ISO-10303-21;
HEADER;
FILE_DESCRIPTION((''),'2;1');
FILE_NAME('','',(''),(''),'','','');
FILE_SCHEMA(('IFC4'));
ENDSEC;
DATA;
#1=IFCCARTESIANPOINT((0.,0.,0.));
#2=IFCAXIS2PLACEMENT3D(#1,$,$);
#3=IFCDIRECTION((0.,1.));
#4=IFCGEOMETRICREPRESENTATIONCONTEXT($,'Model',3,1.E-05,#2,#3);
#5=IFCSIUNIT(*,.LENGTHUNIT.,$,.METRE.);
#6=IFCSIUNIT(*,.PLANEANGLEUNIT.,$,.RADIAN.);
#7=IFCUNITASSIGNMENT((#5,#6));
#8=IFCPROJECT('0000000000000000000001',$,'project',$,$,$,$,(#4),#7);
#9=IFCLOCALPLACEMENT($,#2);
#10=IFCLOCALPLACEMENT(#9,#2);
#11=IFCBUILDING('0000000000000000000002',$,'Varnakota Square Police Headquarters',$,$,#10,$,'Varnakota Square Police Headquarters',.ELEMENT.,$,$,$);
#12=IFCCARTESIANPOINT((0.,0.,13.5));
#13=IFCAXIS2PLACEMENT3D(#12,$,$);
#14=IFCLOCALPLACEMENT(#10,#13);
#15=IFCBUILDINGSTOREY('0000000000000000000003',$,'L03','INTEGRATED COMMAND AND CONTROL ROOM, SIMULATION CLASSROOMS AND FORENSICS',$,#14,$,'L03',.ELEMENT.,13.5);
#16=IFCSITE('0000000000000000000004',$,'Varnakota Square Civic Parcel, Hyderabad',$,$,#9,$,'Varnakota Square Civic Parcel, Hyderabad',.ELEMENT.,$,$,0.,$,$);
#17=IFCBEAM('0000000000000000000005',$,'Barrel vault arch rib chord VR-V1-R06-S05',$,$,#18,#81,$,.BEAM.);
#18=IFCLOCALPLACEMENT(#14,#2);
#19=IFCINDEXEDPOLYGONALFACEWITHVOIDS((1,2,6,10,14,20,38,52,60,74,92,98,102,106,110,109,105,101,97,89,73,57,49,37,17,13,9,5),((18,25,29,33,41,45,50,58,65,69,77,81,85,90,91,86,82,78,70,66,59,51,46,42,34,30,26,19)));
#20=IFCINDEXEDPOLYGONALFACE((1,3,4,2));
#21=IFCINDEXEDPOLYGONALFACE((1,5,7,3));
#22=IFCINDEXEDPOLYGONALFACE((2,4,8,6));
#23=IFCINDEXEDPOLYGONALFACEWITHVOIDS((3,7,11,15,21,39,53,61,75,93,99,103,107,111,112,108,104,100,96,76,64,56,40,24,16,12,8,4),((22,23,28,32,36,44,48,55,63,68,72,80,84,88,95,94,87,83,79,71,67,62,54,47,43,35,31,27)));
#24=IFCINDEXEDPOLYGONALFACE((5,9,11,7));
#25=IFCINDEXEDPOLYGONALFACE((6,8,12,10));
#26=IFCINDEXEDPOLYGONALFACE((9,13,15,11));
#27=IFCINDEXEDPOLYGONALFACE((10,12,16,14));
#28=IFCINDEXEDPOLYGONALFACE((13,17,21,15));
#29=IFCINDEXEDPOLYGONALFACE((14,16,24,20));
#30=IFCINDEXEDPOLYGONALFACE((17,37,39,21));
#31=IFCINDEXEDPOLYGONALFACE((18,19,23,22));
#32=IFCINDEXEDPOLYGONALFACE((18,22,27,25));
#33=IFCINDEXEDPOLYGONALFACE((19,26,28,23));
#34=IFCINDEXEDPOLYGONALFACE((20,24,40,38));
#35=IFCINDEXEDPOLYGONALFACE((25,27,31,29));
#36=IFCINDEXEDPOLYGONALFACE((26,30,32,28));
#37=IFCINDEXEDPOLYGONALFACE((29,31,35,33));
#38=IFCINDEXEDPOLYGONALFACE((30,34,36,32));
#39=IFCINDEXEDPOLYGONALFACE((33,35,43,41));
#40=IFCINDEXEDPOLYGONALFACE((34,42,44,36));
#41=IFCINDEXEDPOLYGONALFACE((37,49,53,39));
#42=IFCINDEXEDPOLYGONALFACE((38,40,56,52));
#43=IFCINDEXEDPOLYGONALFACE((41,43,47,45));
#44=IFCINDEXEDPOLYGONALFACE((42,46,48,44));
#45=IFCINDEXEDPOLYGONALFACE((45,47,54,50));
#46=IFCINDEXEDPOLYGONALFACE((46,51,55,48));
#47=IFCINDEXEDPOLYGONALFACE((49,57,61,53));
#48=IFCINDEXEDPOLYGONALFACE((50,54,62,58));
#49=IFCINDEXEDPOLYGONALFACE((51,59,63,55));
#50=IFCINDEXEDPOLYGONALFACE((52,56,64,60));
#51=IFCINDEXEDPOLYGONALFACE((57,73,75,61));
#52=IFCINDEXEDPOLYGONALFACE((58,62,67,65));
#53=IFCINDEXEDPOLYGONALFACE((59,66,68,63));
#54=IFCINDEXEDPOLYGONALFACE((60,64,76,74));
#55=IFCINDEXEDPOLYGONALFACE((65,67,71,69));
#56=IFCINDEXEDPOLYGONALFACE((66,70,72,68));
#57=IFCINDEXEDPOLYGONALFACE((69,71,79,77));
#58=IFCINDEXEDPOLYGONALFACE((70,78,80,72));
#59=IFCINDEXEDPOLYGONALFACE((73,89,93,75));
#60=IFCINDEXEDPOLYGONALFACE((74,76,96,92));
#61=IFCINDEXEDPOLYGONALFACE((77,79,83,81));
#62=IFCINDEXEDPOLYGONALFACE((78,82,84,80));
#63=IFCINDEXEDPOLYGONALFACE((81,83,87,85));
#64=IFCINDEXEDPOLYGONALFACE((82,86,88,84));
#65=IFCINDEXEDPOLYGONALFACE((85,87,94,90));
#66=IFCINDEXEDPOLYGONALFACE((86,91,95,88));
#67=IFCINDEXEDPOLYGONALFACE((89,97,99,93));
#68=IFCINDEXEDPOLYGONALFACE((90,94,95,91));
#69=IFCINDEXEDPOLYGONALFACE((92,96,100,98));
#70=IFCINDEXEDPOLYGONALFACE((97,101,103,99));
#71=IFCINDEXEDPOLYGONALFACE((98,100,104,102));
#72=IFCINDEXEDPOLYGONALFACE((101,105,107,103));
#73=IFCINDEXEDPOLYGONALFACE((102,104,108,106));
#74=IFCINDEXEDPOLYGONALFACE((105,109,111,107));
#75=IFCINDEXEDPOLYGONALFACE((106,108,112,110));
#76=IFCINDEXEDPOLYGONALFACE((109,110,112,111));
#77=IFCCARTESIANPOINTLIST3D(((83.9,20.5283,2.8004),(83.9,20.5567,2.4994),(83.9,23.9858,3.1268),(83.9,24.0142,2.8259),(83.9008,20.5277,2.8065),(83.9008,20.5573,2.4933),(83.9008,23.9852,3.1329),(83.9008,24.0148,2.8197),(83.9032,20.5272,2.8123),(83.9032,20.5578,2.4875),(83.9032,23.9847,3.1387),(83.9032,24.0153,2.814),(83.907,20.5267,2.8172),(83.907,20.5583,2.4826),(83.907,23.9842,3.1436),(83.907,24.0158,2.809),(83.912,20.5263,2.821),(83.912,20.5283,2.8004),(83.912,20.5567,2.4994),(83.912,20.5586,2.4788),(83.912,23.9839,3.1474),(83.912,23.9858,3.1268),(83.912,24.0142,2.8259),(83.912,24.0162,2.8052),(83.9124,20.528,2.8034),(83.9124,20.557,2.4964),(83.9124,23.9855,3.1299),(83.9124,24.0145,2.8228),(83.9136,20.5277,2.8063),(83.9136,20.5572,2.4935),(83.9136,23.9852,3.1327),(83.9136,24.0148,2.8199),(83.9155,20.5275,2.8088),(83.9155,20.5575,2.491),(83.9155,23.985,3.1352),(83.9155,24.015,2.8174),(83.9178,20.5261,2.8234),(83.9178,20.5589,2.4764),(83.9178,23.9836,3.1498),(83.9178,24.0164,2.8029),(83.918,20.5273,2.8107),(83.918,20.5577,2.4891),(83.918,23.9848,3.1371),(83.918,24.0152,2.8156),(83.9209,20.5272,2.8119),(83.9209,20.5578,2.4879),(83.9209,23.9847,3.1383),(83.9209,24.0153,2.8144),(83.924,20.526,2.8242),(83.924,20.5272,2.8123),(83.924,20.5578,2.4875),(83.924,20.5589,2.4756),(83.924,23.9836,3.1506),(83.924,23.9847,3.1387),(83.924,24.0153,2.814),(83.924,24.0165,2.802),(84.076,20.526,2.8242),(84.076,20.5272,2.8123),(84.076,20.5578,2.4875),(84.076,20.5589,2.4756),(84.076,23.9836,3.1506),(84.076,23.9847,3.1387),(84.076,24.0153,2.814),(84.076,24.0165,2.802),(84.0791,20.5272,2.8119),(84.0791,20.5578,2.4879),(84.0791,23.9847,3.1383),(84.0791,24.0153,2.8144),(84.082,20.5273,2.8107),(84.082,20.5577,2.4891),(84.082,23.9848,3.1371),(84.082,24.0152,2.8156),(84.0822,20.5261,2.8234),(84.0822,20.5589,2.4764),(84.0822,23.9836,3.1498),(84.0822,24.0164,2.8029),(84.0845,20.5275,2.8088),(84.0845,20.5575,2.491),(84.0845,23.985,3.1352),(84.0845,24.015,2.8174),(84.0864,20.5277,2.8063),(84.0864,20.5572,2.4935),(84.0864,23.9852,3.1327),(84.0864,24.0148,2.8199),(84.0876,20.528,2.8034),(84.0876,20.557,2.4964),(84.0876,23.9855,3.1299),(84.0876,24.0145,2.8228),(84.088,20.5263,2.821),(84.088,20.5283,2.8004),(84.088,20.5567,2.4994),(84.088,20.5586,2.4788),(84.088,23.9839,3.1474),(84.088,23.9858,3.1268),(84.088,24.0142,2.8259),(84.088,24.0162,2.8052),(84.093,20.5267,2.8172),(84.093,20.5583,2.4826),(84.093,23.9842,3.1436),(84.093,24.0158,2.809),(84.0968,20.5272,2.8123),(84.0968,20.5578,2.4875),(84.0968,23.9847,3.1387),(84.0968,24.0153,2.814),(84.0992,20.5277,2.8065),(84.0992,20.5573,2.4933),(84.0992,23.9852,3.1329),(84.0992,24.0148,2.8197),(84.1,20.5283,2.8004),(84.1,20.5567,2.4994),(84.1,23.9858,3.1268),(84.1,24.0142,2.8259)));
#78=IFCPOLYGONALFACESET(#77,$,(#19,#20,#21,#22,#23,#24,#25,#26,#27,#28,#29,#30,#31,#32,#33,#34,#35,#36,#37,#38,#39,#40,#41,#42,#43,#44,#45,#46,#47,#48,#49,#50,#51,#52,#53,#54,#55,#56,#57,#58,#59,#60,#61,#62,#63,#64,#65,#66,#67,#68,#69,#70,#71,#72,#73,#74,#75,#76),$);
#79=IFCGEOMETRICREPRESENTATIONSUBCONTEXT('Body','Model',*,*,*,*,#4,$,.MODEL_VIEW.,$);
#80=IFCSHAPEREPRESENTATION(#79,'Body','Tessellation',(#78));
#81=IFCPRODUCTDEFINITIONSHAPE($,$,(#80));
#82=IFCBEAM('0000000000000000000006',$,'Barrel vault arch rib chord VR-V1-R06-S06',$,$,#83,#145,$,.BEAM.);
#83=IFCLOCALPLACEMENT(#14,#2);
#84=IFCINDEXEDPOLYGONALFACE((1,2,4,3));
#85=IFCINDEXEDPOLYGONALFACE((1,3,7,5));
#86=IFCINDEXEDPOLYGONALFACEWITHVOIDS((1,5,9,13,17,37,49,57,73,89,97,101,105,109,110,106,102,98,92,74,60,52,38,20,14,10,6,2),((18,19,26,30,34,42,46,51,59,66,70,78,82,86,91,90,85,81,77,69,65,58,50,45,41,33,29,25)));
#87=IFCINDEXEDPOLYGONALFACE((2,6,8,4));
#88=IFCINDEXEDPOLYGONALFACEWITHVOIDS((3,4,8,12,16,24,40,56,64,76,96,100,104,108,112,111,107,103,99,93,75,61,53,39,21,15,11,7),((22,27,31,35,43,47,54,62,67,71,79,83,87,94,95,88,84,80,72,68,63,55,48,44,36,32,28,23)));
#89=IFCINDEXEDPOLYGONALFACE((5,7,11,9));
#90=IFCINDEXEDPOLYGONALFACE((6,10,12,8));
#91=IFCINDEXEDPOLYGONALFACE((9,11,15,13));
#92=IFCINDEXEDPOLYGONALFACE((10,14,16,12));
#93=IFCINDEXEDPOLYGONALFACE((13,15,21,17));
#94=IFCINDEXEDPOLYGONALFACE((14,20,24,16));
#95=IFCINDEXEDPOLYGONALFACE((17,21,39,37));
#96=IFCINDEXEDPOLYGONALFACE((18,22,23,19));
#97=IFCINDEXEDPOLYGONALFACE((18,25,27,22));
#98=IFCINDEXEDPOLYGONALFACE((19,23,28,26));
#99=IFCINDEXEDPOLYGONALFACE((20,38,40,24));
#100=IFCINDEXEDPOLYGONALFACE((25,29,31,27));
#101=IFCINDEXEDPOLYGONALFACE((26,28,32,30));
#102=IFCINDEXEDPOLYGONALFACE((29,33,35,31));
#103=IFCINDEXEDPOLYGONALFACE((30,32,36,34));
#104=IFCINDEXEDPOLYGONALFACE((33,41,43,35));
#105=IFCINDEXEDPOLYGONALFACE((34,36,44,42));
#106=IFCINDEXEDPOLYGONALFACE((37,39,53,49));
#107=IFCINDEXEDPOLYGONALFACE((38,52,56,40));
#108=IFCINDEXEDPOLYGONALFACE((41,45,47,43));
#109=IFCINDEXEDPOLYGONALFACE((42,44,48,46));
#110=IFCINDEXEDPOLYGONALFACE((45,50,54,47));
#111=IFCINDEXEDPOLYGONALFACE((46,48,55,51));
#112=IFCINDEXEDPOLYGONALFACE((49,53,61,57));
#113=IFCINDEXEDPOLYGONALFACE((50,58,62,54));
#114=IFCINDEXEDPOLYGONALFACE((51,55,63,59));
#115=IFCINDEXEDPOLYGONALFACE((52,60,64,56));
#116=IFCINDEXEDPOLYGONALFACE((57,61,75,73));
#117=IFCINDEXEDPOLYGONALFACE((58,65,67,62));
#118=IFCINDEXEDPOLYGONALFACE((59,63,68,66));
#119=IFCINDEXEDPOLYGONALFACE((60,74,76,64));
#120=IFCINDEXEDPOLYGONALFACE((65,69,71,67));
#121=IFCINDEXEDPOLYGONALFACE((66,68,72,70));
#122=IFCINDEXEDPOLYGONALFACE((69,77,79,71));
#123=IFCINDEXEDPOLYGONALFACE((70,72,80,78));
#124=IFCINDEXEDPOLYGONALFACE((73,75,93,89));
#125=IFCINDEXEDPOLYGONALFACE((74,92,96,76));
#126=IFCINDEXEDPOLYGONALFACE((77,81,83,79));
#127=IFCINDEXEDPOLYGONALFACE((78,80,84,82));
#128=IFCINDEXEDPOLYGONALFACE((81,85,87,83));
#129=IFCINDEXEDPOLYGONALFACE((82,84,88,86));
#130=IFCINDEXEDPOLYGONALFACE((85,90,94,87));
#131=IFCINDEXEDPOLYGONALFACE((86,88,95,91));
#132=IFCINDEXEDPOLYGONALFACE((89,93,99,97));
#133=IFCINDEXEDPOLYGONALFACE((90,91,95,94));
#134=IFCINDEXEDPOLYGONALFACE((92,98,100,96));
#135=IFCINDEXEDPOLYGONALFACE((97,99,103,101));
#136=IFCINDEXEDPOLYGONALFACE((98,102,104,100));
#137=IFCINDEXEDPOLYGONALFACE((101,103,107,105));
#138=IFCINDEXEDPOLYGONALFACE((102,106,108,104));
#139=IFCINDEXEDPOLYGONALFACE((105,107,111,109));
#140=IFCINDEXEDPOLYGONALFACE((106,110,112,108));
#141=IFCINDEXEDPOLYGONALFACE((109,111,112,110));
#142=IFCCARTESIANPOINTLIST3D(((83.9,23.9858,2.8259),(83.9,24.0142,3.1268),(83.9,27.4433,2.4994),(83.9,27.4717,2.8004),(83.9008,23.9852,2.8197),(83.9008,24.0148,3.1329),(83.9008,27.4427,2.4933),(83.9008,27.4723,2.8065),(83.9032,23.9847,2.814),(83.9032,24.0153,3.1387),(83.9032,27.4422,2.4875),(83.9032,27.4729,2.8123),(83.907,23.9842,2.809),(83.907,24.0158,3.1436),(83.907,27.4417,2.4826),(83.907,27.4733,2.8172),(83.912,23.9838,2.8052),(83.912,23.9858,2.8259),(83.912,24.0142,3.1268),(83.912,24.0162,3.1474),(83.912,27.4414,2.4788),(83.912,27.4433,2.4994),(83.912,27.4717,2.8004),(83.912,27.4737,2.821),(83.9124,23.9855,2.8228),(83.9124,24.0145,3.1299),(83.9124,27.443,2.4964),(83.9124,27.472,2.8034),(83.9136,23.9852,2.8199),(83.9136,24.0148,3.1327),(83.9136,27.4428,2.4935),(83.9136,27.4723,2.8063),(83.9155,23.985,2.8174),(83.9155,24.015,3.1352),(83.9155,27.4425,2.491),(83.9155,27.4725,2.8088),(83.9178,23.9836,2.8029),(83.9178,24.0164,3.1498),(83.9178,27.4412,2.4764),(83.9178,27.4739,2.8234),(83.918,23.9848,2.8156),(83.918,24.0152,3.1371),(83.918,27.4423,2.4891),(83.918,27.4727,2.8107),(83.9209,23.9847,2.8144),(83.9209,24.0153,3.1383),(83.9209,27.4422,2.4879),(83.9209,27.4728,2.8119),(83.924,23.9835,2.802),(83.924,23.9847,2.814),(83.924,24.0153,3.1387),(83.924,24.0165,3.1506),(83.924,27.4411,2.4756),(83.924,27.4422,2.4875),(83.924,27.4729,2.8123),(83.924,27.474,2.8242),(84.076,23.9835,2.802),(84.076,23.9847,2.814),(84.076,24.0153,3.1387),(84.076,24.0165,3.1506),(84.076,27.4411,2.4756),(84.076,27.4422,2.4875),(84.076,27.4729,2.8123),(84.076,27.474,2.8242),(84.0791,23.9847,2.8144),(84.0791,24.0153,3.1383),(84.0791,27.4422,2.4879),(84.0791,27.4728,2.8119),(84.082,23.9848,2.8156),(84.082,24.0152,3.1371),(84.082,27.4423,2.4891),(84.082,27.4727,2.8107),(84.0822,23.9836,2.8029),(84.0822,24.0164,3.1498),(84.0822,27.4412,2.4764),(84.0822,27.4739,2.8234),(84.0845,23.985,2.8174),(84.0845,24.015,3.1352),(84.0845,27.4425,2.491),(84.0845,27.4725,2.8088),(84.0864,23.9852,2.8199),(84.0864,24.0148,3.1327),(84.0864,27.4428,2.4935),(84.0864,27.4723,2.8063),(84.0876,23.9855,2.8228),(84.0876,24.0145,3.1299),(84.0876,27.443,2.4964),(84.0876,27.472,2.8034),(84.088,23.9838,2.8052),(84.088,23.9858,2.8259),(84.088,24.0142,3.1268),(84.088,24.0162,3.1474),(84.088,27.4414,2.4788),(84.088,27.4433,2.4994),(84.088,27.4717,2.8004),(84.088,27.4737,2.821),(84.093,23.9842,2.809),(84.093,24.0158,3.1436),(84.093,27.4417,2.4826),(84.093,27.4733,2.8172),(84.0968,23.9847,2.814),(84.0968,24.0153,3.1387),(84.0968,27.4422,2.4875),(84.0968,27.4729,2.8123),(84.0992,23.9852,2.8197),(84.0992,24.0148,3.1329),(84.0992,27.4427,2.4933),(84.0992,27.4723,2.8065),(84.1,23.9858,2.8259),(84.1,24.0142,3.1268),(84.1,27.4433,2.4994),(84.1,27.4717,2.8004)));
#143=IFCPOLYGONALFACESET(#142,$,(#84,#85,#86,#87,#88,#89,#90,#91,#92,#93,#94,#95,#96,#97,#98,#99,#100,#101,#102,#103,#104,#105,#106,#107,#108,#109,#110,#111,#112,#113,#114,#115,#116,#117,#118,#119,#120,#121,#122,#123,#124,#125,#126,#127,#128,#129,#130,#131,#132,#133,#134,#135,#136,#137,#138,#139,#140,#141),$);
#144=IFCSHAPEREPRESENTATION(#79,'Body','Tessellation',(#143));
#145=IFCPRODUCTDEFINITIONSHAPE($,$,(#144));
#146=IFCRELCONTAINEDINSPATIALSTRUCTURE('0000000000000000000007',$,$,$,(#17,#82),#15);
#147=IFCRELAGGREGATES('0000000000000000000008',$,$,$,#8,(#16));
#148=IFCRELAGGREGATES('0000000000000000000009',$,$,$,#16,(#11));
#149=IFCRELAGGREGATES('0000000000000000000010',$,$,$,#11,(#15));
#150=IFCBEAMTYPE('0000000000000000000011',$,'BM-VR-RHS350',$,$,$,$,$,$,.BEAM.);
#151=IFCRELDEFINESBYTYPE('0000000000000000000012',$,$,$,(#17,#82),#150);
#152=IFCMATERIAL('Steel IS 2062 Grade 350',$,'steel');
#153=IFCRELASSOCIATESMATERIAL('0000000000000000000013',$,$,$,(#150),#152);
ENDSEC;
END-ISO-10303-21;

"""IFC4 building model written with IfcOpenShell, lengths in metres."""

from ifc_helpers import new_model, si_unit, direction, frame, origin, origin_2d, place, context, subcontext, project, spatial, hollow_rectangle, extrude, material, material_profile, profile_set, type_object, element, save


model = new_model("IFC4")

# Units and contexts
model_context = context("Model", 3, precision=1e-05, world=origin(), true_north=direction((0.0, 1.0)))
body_context = subcontext(model_context, "Body", "Model", "MODEL_VIEW")
ifc_project = project(units=[si_unit("LENGTHUNIT", "METRE"), si_unit("PLANEANGLEUNIT", "RADIAN")], contexts=[model_context])

# Site, building, storey
site_placement = place(None, origin())
site = spatial("IfcSite", under=ifc_project, at=site_placement, Name="Varnakota Square Civic Parcel, Hyderabad", LongName="Varnakota Square Civic Parcel, Hyderabad", CompositionType="ELEMENT", RefElevation=0.0)
building_placement = place(site_placement, origin())
building = spatial("IfcBuilding", under=site, at=building_placement, Name="Varnakota Square Police Headquarters", LongName="Varnakota Square Police Headquarters", CompositionType="ELEMENT")
storey_placement = place(building_placement, frame((0.0, 0.0, 13.5)))
storey = spatial("IfcBuildingStorey", under=building, at=storey_placement, Name="L03", Description="INTEGRATED COMMAND AND CONTROL ROOM, SIMULATION CLASSROOMS AND FORENSICS", LongName="L03", CompositionType="ELEMENT", Elevation=13.5)

# Beams
ifc_material_1 = material(Name="Steel IS 2062 Grade 350", Category="steel")
ifc_material_profile_1 = material_profile(ifc_material_1, hollow_rectangle(XDim=0.2, YDim=0.3501, WallThickness=0.012, InnerFilletRadius=0.012, OuterFilletRadius=0.0239, at=origin_2d()), Name="RHS 350x200x12")
ifc_profile_set_1 = profile_set([ifc_material_profile_1], Name="Steel IS 2062 Grade 350")
beam_type = type_object("IfcBeamType", Name="BM-VR-RHS350", PredefinedType="BEAM", material=ifc_profile_set_1)
for number, where, z_axis, x_axis, name in (
    (1, (84.0, 20.5425, 2.6499), (0.0, 0.995573, 0.09399), (-1.0, 0.0, 0.0), "Barrel vault arch rib chord VR-V1-R06-S05"),
    (2, (84.0, 24.0, 2.9763), (0.0, 0.995573, -0.09399), (-1.0, 0.0, 0.0), "Barrel vault arch rib chord VR-V1-R06-S06"),
):
    element("IfcBeam", number, at=place(storey_placement, frame(where, z_axis=z_axis, x_axis=x_axis)), inside=storey, type_object=beam_type, Name=name, PredefinedType="BEAM", context=body_context, shape_type="SweptSolid", body=[
        extrude(hollow_rectangle(XDim=0.2, YDim=0.3501, WallThickness=0.012, InnerFilletRadius=0.012, OuterFilletRadius=0.0239, at=origin_2d()), origin(), (0.0, 0.0, 1.0), 3.4729),
    ])

save(model, "model.ifc")
